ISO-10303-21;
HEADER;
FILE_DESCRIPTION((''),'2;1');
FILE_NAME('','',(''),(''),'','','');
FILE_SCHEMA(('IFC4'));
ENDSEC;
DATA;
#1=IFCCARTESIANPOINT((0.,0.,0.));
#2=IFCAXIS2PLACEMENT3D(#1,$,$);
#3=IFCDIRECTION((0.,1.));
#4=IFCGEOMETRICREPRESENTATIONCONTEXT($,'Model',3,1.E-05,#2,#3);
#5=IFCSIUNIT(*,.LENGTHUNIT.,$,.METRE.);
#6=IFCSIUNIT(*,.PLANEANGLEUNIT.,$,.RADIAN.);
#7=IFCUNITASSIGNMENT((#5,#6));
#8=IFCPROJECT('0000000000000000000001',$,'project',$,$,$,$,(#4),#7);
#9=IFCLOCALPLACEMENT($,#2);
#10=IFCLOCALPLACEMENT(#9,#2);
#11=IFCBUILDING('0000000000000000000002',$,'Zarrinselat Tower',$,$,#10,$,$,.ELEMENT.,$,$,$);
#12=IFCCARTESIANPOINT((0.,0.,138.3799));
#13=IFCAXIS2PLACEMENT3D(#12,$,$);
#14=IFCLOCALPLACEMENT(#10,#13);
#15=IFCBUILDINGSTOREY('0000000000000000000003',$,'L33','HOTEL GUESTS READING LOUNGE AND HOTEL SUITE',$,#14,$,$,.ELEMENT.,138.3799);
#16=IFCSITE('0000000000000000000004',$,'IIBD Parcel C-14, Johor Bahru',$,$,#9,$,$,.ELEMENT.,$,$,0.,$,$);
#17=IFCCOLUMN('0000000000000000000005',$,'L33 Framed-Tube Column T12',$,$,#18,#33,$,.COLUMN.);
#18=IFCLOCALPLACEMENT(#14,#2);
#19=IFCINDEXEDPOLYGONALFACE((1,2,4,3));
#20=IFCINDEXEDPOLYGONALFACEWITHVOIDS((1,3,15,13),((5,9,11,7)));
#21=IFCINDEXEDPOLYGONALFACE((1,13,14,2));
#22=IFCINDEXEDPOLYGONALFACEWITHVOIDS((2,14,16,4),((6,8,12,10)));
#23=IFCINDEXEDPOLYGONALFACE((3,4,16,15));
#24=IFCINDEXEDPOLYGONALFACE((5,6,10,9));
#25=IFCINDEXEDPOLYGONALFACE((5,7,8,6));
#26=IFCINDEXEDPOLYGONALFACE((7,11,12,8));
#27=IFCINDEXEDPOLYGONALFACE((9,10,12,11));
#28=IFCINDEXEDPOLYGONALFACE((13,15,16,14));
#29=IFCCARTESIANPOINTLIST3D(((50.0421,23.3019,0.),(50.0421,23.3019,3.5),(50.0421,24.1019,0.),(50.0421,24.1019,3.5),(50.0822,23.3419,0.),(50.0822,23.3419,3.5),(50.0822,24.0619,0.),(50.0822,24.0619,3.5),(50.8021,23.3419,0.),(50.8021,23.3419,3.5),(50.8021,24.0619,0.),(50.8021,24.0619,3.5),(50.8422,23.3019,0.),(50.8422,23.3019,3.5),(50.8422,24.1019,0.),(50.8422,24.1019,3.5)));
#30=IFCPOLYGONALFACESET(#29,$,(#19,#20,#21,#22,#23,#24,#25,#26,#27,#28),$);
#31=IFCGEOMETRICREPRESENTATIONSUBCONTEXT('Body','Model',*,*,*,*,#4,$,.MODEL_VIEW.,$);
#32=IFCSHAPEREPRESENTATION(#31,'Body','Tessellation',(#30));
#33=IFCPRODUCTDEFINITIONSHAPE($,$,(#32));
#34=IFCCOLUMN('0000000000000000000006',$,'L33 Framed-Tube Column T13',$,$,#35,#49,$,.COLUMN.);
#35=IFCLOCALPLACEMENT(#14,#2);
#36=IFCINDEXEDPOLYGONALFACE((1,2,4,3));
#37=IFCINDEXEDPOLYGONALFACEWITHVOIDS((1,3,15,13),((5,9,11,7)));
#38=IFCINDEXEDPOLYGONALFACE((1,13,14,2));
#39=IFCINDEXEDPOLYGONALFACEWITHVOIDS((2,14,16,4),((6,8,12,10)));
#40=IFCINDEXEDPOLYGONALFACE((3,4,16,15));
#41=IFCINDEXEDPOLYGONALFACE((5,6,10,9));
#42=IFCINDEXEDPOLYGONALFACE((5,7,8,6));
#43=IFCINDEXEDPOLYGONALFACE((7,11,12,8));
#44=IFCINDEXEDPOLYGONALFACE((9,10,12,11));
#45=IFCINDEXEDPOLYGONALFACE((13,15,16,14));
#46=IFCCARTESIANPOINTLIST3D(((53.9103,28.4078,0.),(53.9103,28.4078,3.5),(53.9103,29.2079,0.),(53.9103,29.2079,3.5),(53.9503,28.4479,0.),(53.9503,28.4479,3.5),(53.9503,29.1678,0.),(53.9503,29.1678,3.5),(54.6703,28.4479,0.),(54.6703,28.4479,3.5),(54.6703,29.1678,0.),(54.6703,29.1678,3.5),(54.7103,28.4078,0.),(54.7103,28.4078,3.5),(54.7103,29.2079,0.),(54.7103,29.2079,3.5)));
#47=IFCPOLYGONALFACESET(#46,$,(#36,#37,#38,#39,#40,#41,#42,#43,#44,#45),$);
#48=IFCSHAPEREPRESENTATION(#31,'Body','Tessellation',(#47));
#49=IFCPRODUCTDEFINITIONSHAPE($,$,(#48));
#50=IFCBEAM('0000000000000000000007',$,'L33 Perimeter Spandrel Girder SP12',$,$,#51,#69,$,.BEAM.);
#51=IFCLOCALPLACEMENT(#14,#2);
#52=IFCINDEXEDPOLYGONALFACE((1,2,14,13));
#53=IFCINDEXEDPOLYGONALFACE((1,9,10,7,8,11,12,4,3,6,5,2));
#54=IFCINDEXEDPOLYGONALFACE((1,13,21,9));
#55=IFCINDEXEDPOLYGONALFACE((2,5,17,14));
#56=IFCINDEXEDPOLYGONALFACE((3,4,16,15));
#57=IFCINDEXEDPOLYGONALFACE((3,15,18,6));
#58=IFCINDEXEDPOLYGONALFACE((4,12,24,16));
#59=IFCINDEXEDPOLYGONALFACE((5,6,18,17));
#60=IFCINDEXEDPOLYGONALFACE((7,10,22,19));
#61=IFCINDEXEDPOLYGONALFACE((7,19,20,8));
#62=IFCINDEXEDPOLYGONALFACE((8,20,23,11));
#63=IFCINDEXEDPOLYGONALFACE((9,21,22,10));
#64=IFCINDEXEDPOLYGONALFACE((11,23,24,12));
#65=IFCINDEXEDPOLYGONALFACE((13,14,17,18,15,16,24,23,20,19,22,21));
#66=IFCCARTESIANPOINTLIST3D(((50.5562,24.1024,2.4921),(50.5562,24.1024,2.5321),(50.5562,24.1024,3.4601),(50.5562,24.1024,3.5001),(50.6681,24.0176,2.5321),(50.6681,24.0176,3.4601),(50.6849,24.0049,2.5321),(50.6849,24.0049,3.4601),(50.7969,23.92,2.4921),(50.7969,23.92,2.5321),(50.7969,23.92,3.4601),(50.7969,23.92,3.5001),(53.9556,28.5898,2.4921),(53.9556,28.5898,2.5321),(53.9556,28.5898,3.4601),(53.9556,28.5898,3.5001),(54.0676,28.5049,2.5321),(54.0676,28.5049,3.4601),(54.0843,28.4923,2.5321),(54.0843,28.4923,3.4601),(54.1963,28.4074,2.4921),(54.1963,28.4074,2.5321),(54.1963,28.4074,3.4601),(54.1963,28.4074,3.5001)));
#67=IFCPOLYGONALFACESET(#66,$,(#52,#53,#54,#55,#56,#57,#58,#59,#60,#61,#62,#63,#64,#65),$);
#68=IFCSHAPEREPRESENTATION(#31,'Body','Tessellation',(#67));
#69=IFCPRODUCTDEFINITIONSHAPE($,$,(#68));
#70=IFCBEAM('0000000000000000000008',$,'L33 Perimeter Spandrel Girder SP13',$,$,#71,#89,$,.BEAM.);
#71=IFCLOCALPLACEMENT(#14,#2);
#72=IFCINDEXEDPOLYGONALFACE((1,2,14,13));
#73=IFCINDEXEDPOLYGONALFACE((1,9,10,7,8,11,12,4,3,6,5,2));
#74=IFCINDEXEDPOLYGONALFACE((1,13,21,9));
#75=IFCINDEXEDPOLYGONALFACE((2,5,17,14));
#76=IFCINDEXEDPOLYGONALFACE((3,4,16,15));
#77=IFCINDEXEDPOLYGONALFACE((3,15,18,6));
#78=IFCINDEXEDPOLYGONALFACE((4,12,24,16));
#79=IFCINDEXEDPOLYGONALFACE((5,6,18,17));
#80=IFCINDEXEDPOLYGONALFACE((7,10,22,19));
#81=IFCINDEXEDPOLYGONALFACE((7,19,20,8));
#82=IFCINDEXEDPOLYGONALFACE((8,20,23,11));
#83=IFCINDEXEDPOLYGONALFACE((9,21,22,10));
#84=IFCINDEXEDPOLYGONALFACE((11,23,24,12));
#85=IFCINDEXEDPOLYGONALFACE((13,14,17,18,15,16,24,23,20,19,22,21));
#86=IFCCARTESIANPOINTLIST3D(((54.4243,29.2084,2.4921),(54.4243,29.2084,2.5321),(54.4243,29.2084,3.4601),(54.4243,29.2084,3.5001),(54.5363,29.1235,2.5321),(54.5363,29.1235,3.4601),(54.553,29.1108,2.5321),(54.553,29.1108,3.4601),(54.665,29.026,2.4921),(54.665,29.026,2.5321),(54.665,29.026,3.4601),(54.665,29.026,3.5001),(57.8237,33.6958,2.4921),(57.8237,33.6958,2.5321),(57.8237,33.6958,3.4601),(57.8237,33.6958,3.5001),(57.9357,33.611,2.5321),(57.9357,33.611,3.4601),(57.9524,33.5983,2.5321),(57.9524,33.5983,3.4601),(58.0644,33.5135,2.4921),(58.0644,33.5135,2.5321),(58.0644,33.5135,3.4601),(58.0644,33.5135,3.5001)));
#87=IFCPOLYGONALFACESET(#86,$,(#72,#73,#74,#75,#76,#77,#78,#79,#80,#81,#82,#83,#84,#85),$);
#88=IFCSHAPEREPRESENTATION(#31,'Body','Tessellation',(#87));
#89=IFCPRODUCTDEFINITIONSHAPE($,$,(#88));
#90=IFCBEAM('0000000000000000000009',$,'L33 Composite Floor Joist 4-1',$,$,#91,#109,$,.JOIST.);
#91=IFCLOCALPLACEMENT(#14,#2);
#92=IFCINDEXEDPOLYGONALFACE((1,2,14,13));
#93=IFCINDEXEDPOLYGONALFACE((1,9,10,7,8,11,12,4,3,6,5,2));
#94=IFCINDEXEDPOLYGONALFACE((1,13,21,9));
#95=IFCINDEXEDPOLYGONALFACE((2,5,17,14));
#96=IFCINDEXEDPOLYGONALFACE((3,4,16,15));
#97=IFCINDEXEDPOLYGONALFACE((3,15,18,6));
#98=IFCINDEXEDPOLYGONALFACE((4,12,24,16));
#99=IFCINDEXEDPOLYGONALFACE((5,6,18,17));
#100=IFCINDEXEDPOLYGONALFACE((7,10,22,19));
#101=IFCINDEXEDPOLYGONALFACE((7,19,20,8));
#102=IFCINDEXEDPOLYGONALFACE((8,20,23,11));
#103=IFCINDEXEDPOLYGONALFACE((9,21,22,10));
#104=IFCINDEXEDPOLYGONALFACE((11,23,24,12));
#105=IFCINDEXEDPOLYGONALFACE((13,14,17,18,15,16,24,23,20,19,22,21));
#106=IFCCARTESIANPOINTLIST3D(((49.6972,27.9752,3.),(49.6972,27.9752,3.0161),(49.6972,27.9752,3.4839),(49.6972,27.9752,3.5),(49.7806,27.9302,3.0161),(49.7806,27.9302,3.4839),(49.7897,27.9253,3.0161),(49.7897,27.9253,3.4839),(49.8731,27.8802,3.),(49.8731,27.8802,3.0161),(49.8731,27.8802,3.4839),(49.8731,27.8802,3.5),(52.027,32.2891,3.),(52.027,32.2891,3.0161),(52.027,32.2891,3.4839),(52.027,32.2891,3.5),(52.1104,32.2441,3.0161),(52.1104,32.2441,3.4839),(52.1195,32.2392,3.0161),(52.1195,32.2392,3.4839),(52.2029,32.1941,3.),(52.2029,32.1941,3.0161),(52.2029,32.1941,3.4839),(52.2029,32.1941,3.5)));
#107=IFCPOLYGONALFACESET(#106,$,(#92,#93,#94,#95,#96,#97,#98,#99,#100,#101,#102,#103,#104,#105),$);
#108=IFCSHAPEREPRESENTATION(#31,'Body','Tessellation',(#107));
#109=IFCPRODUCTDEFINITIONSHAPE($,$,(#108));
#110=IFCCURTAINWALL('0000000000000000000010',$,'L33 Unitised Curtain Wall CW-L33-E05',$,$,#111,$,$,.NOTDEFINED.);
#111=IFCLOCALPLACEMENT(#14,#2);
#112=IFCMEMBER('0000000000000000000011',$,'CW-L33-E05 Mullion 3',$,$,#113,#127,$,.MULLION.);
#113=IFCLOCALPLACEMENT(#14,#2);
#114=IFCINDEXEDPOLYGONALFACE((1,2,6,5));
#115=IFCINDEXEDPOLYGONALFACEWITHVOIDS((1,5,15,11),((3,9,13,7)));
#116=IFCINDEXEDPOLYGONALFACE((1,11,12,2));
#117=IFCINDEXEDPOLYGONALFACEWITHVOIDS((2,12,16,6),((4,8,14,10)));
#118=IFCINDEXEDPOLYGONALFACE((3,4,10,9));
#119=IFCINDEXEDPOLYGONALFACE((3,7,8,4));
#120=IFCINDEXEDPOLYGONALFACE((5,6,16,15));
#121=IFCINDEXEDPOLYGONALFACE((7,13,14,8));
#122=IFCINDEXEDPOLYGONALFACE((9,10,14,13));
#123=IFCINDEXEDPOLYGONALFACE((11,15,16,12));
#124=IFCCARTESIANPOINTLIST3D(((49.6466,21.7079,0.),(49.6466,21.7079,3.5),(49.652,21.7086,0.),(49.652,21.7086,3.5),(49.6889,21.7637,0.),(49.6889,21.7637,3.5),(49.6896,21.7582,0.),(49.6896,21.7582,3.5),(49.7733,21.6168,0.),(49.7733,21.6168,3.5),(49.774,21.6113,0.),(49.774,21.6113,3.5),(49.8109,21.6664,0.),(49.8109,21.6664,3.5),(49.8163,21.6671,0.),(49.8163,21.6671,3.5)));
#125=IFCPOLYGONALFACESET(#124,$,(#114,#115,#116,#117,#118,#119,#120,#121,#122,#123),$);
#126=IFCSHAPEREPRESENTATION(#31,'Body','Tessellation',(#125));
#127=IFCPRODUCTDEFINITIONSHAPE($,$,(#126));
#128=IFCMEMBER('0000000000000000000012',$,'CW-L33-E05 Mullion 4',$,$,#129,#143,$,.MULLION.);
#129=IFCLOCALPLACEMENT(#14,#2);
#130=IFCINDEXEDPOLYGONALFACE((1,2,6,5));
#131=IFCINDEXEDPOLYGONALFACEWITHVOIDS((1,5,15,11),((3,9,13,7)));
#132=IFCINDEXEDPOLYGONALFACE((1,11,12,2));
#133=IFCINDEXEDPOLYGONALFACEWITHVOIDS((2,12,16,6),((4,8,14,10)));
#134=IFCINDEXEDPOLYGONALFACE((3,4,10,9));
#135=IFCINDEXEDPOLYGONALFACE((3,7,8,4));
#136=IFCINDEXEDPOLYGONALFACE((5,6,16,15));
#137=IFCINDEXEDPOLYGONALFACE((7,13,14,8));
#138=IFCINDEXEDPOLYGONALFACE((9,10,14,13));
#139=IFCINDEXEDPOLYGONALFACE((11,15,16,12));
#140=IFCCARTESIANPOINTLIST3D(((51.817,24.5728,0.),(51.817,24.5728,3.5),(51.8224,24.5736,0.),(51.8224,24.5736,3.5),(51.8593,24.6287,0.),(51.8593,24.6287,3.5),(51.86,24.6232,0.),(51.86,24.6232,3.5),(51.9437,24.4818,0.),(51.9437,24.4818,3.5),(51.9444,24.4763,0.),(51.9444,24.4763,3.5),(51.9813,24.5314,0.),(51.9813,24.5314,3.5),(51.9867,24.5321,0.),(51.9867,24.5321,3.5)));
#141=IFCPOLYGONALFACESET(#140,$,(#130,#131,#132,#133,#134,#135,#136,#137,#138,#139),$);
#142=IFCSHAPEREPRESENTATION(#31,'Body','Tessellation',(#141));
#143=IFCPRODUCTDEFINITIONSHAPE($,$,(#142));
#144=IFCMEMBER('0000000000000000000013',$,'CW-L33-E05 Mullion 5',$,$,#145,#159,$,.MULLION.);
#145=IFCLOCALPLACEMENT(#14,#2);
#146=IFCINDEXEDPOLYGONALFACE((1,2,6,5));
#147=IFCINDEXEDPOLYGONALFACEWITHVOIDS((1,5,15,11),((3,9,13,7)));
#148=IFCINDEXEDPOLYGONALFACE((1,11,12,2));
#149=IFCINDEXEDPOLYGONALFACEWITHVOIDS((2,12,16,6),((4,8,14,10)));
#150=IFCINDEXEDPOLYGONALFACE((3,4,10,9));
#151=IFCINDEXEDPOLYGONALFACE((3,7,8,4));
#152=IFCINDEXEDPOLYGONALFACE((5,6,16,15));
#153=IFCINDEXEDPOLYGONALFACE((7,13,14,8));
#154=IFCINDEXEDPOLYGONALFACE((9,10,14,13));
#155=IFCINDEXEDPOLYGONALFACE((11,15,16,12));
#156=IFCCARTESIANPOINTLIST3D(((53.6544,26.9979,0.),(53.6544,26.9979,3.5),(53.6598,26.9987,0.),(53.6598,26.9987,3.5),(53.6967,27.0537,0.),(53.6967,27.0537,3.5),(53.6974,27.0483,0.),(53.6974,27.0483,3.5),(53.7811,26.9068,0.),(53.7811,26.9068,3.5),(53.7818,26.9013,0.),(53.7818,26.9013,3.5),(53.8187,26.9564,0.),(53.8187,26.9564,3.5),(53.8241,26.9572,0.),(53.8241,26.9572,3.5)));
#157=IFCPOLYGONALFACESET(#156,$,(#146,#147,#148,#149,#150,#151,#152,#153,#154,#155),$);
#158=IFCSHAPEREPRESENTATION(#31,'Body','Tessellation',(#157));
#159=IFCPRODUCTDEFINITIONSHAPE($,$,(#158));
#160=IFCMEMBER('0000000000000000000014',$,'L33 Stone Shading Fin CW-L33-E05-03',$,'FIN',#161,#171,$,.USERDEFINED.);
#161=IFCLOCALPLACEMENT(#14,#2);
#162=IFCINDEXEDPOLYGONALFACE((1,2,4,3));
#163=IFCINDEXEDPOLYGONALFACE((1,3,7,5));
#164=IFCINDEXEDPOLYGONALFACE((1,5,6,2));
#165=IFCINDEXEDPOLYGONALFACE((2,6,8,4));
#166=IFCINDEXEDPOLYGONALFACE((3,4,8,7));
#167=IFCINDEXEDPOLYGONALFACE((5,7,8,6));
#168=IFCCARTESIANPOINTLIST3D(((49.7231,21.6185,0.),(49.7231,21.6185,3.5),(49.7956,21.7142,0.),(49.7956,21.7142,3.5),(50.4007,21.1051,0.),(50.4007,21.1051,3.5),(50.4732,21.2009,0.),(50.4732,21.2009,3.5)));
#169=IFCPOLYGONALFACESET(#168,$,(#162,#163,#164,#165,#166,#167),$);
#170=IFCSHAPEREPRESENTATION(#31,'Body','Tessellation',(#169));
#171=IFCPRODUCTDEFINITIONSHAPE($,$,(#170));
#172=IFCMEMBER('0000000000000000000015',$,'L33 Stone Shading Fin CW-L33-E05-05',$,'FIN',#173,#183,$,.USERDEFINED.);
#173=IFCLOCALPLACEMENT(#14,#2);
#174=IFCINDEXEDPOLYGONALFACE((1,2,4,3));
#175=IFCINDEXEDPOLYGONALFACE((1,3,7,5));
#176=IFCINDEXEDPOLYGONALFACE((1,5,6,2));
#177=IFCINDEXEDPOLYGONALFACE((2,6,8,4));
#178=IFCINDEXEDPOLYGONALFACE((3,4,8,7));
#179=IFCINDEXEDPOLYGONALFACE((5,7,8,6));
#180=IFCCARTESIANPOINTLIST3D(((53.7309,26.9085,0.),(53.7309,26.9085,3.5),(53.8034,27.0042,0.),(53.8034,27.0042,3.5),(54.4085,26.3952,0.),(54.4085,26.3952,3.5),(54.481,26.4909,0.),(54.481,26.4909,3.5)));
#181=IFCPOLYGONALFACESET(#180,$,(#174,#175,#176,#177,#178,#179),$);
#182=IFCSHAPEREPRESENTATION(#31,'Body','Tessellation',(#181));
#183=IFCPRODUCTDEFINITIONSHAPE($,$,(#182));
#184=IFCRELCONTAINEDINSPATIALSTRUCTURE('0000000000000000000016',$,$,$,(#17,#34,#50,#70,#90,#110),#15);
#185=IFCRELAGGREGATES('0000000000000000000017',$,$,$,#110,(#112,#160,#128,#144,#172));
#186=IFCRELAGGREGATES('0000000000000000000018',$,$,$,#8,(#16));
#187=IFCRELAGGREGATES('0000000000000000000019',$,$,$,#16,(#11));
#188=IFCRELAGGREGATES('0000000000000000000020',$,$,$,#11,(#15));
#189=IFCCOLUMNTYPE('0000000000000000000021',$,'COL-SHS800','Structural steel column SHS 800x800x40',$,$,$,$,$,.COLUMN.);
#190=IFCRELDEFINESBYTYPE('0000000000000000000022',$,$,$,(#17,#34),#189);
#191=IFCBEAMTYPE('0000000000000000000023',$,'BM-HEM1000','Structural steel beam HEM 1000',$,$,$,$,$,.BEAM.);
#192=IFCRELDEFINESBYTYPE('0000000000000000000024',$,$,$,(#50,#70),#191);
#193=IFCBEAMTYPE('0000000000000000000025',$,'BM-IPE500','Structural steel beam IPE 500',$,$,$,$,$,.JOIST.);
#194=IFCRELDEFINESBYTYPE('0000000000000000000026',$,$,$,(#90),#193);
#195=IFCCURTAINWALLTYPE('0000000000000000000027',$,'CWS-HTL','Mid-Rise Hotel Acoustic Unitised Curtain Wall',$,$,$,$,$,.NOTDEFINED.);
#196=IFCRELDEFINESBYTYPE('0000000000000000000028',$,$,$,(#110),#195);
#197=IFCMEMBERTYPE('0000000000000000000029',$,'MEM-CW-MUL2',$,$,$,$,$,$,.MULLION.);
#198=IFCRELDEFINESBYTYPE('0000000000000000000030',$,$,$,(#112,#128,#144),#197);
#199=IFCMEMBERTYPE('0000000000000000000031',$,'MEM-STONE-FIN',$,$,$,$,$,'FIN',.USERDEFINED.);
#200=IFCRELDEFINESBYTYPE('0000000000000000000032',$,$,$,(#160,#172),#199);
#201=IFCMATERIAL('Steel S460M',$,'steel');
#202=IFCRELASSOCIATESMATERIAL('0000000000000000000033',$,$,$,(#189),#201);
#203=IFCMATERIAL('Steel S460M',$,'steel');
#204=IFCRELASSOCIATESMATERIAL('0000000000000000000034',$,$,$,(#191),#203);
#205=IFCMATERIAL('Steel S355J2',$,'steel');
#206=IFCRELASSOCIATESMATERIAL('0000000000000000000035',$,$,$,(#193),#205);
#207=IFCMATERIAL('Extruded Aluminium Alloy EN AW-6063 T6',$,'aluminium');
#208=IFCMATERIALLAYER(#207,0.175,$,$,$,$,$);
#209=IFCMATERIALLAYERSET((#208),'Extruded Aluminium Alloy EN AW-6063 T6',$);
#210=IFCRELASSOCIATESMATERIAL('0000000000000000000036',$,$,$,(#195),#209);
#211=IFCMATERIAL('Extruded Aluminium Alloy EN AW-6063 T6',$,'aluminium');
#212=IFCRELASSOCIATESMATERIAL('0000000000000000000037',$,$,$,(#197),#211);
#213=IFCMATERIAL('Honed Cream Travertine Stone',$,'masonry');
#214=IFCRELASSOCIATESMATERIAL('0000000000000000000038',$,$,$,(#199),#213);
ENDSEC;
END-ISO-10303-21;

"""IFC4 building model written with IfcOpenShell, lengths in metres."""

from ifc_helpers import new_model, si_unit, direction, frame, origin, origin_2d, place, context, subcontext, project, spatial, rectangle, hollow_rectangle, i_section, extrude, material, layer, layer_set, material_profile, profile_set, type_object, element, aggregate, save


model = new_model("IFC4")

# Units and contexts
model_context = context("Model", 3, precision=1e-05, world=origin(), true_north=direction((0.0, 1.0)))
body_context = subcontext(model_context, "Body", "Model", "MODEL_VIEW")
ifc_project = project(units=[si_unit("LENGTHUNIT", "METRE"), si_unit("PLANEANGLEUNIT", "RADIAN")], contexts=[model_context])

# Site, building, storey
site_placement = place(None, origin())
site = spatial("IfcSite", under=ifc_project, at=site_placement, Name="IIBD Parcel C-14, Johor Bahru", CompositionType="ELEMENT", RefElevation=0.0)
building_placement = place(site_placement, origin())
building = spatial("IfcBuilding", under=site, at=building_placement, Name="Zarrinselat Tower", CompositionType="ELEMENT")
storey_placement = place(building_placement, frame((0.0, 0.0, 138.3799)))
storey = spatial("IfcBuildingStorey", under=building, at=storey_placement, Name="L33", Description="HOTEL GUESTS READING LOUNGE AND HOTEL SUITE", CompositionType="ELEMENT", Elevation=138.3799)

# Columns
ifc_material_1 = material(Name="Steel S460M", Category="steel")
ifc_material_profile_1 = material_profile(ifc_material_1, hollow_rectangle(XDim=0.8, YDim=0.8, WallThickness=0.04, at=origin_2d()), Name="SHS 800x800x40")
ifc_profile_set_1 = profile_set([ifc_material_profile_1], Name="Steel S460M")
column_type = type_object("IfcColumnType", Name="COL-SHS800", Description="Structural steel column SHS 800x800x40", PredefinedType="COLUMN", material=ifc_profile_set_1)
for number, where, z_axis, x_axis, name in (
    (1, (50.4421, 23.7019, 0.0), (0.0, 0.0, 1.0), (1.0, 0.0, 0.0), "L33 Framed-Tube Column T12"),
    (2, (54.3103, 28.8079, 0.0), (0.0, 0.0, 1.0), (1.0, 0.0, 0.0), "L33 Framed-Tube Column T13"),
):
    element("IfcColumn", number, at=place(storey_placement, frame(where, z_axis=z_axis, x_axis=x_axis)), inside=storey, type_object=column_type, Name=name, PredefinedType="COLUMN", context=body_context, shape_type="SweptSolid", body=[
        extrude(hollow_rectangle(XDim=0.8, YDim=0.8, WallThickness=0.04, at=origin_2d()), origin(), (0.0, 0.0, 1.0), 3.5),
    ])

# Beams
ifc_material_2 = material(Name="Steel S460M", Category="steel")
ifc_material_profile_2 = material_profile(ifc_material_2, i_section(OverallWidth=0.302, OverallDepth=1.0081, WebThickness=0.021, FlangeThickness=0.04, at=origin_2d()), Name="HEM 1000")
ifc_profile_set_2 = profile_set([ifc_material_profile_2], Name="Steel S460M")
beam_type_1 = type_object("IfcBeamType", Name="BM-HEM1000", Description="Structural steel beam HEM 1000", PredefinedType="BEAM", material=ifc_profile_set_2)
for number, where, z_axis, x_axis, name in (
    (3, (50.6765, 24.0112, 2.9961), (0.603851, 0.797097, 0.0), (-0.797097, 0.603851, 0.0), "L33 Perimeter Spandrel Girder SP12"),
    (4, (54.5447, 29.1172, 2.9961), (0.60383, 0.797113, 0.0), (-0.797113, 0.60383, 0.0), "L33 Perimeter Spandrel Girder SP13"),
):
    element("IfcBeam", number, at=place(storey_placement, frame(where, z_axis=z_axis, x_axis=x_axis)), inside=storey, type_object=beam_type_1, Name=name, PredefinedType="BEAM", context=body_context, shape_type="SweptSolid", body=[
        extrude(i_section(OverallWidth=0.302, OverallDepth=1.0081, WebThickness=0.021, FlangeThickness=0.04, at=origin_2d()), origin(), (0.0, 0.0, 1.0), 5.6296),
    ])
ifc_material_3 = material(Name="Steel S355J2", Category="steel")
ifc_material_profile_3 = material_profile(ifc_material_3, i_section(OverallWidth=0.2, OverallDepth=0.5, WebThickness=0.0103, FlangeThickness=0.0161, at=origin_2d()), Name="IPE 500")
ifc_profile_set_3 = profile_set([ifc_material_profile_3], Name="Steel S355J2")
beam_type_2 = type_object("IfcBeamType", Name="BM-IPE500", Description="Structural steel beam IPE 500", PredefinedType="JOIST", material=ifc_profile_set_3)
beam_placement = place(storey_placement, frame((49.7852, 27.9277, 3.25), z_axis=(0.475195, 0.87988, 0.0), x_axis=(-0.87988, 0.475195, 0.0)))
element("IfcBeam", 5, at=beam_placement, inside=storey, type_object=beam_type_2, Name="L33 Composite Floor Joist 4-1", PredefinedType="JOIST", context=body_context, shape_type="SweptSolid", body=[
    extrude(i_section(OverallWidth=0.2, OverallDepth=0.5, WebThickness=0.0103, FlangeThickness=0.0161, at=origin_2d()), origin(), (0.0, 0.0, 1.0), 4.9028),
])

# Curtain wall, members
ifc_material_4 = material(Name="Extruded Aluminium Alloy EN AW-6063 T6", Category="aluminium")
ifc_layer_1 = layer(ifc_material_4, 0.175)
ifc_layer_set_1 = layer_set([ifc_layer_1], Name="Extruded Aluminium Alloy EN AW-6063 T6")
curtain_wall_type = type_object("IfcCurtainWallType", Name="CWS-HTL", Description="Mid-Rise Hotel Acoustic Unitised Curtain Wall", PredefinedType="NOTDEFINED", material=ifc_layer_set_1)
curtain_wall_placement = place(storey_placement, origin())
curtain_wall = element("IfcCurtainWall", 6, at=curtain_wall_placement, inside=storey, type_object=curtain_wall_type, Name="L33 Unitised Curtain Wall CW-L33-E05", PredefinedType="NOTDEFINED")
ifc_material_5 = material(Name="Extruded Aluminium Alloy EN AW-6063 T6", Category="aluminium")
ifc_material_profile_4 = material_profile(ifc_material_5, hollow_rectangle(XDim=0.0701, YDim=0.1599, WallThickness=0.0039, at=origin_2d()), Name="RHS 160x70x4")
ifc_profile_set_4 = profile_set([ifc_material_profile_4], Name="Extruded Aluminium Alloy EN AW-6063 T6")
member_type_1 = type_object("IfcMemberType", Name="MEM-CW-MUL2", PredefinedType="MULLION", material=ifc_profile_set_4)
member_1_placement = place(storey_placement, frame((49.7314, 21.6875, 0.0), z_axis=(0.0, 0.0, 1.0), x_axis=(0.603856, 0.797094, 0.0)))
member_1 = element("IfcMember", 7, at=member_1_placement, type_object=member_type_1, Name="CW-L33-E05 Mullion 3", PredefinedType="MULLION", context=body_context, shape_type="SweptSolid", body=[
    extrude(hollow_rectangle(XDim=0.0701, YDim=0.1599, WallThickness=0.0039, at=origin_2d()), origin(), (0.0, 0.0, 1.0), 3.5),
])
member_2_placement = place(storey_placement, frame((51.9019, 24.5525, 0.0), z_axis=(0.0, 0.0, 1.0), x_axis=(0.603856, 0.797094, 0.0)))
member_2 = element("IfcMember", 8, at=member_2_placement, type_object=member_type_1, Name="CW-L33-E05 Mullion 4", PredefinedType="MULLION", context=body_context, shape_type="SweptSolid", body=[
    extrude(hollow_rectangle(XDim=0.0701, YDim=0.1599, WallThickness=0.0039, at=origin_2d()), origin(), (0.0, 0.0, 1.0), 3.5),
])
member_3_placement = place(storey_placement, frame((53.7393, 26.9775, 0.0), z_axis=(0.0, 0.0, 1.0), x_axis=(0.603856, 0.797094, 0.0)))
member_3 = element("IfcMember", 9, at=member_3_placement, type_object=member_type_1, Name="CW-L33-E05 Mullion 5", PredefinedType="MULLION", context=body_context, shape_type="SweptSolid", body=[
    extrude(hollow_rectangle(XDim=0.0701, YDim=0.1599, WallThickness=0.0039, at=origin_2d()), origin(), (0.0, 0.0, 1.0), 3.5),
])
ifc_material_6 = material(Name="Honed Cream Travertine Stone", Category="masonry")
ifc_material_profile_5 = material_profile(ifc_material_6, rectangle(XDim=0.1201, YDim=0.8501, at=origin_2d()), Name="FIN 850x120")
ifc_profile_set_5 = profile_set([ifc_material_profile_5], Name="Honed Cream Travertine Stone")
member_type_2 = type_object("IfcMemberType", Name="MEM-STONE-FIN", ElementType="FIN", PredefinedType="USERDEFINED", material=ifc_profile_set_5)
member_4_placement = place(storey_placement, frame((50.0981, 21.4097, 0.0), z_axis=(0.0, 0.0, 1.0), x_axis=(-0.603856, -0.797094, 0.0)))
member_4 = element("IfcMember", 10, at=member_4_placement, type_object=member_type_2, Name="L33 Stone Shading Fin CW-L33-E05-03", ObjectType="FIN", PredefinedType="USERDEFINED", context=body_context, shape_type="SweptSolid", body=[
    extrude(rectangle(XDim=0.1201, YDim=0.8501, at=origin_2d()), origin(), (0.0, 0.0, 1.0), 3.5),
])
member_5_placement = place(storey_placement, frame((54.106, 26.6997, 0.0), z_axis=(0.0, 0.0, 1.0), x_axis=(-0.603856, -0.797094, 0.0)))
member_5 = element("IfcMember", 11, at=member_5_placement, type_object=member_type_2, Name="L33 Stone Shading Fin CW-L33-E05-05", ObjectType="FIN", PredefinedType="USERDEFINED", context=body_context, shape_type="SweptSolid", body=[
    extrude(rectangle(XDim=0.1201, YDim=0.8501, at=origin_2d()), origin(), (0.0, 0.0, 1.0), 3.5),
])
aggregate(curtain_wall, [member_1, member_4, member_2, member_3, member_5])

save(model, "model.ifc")
